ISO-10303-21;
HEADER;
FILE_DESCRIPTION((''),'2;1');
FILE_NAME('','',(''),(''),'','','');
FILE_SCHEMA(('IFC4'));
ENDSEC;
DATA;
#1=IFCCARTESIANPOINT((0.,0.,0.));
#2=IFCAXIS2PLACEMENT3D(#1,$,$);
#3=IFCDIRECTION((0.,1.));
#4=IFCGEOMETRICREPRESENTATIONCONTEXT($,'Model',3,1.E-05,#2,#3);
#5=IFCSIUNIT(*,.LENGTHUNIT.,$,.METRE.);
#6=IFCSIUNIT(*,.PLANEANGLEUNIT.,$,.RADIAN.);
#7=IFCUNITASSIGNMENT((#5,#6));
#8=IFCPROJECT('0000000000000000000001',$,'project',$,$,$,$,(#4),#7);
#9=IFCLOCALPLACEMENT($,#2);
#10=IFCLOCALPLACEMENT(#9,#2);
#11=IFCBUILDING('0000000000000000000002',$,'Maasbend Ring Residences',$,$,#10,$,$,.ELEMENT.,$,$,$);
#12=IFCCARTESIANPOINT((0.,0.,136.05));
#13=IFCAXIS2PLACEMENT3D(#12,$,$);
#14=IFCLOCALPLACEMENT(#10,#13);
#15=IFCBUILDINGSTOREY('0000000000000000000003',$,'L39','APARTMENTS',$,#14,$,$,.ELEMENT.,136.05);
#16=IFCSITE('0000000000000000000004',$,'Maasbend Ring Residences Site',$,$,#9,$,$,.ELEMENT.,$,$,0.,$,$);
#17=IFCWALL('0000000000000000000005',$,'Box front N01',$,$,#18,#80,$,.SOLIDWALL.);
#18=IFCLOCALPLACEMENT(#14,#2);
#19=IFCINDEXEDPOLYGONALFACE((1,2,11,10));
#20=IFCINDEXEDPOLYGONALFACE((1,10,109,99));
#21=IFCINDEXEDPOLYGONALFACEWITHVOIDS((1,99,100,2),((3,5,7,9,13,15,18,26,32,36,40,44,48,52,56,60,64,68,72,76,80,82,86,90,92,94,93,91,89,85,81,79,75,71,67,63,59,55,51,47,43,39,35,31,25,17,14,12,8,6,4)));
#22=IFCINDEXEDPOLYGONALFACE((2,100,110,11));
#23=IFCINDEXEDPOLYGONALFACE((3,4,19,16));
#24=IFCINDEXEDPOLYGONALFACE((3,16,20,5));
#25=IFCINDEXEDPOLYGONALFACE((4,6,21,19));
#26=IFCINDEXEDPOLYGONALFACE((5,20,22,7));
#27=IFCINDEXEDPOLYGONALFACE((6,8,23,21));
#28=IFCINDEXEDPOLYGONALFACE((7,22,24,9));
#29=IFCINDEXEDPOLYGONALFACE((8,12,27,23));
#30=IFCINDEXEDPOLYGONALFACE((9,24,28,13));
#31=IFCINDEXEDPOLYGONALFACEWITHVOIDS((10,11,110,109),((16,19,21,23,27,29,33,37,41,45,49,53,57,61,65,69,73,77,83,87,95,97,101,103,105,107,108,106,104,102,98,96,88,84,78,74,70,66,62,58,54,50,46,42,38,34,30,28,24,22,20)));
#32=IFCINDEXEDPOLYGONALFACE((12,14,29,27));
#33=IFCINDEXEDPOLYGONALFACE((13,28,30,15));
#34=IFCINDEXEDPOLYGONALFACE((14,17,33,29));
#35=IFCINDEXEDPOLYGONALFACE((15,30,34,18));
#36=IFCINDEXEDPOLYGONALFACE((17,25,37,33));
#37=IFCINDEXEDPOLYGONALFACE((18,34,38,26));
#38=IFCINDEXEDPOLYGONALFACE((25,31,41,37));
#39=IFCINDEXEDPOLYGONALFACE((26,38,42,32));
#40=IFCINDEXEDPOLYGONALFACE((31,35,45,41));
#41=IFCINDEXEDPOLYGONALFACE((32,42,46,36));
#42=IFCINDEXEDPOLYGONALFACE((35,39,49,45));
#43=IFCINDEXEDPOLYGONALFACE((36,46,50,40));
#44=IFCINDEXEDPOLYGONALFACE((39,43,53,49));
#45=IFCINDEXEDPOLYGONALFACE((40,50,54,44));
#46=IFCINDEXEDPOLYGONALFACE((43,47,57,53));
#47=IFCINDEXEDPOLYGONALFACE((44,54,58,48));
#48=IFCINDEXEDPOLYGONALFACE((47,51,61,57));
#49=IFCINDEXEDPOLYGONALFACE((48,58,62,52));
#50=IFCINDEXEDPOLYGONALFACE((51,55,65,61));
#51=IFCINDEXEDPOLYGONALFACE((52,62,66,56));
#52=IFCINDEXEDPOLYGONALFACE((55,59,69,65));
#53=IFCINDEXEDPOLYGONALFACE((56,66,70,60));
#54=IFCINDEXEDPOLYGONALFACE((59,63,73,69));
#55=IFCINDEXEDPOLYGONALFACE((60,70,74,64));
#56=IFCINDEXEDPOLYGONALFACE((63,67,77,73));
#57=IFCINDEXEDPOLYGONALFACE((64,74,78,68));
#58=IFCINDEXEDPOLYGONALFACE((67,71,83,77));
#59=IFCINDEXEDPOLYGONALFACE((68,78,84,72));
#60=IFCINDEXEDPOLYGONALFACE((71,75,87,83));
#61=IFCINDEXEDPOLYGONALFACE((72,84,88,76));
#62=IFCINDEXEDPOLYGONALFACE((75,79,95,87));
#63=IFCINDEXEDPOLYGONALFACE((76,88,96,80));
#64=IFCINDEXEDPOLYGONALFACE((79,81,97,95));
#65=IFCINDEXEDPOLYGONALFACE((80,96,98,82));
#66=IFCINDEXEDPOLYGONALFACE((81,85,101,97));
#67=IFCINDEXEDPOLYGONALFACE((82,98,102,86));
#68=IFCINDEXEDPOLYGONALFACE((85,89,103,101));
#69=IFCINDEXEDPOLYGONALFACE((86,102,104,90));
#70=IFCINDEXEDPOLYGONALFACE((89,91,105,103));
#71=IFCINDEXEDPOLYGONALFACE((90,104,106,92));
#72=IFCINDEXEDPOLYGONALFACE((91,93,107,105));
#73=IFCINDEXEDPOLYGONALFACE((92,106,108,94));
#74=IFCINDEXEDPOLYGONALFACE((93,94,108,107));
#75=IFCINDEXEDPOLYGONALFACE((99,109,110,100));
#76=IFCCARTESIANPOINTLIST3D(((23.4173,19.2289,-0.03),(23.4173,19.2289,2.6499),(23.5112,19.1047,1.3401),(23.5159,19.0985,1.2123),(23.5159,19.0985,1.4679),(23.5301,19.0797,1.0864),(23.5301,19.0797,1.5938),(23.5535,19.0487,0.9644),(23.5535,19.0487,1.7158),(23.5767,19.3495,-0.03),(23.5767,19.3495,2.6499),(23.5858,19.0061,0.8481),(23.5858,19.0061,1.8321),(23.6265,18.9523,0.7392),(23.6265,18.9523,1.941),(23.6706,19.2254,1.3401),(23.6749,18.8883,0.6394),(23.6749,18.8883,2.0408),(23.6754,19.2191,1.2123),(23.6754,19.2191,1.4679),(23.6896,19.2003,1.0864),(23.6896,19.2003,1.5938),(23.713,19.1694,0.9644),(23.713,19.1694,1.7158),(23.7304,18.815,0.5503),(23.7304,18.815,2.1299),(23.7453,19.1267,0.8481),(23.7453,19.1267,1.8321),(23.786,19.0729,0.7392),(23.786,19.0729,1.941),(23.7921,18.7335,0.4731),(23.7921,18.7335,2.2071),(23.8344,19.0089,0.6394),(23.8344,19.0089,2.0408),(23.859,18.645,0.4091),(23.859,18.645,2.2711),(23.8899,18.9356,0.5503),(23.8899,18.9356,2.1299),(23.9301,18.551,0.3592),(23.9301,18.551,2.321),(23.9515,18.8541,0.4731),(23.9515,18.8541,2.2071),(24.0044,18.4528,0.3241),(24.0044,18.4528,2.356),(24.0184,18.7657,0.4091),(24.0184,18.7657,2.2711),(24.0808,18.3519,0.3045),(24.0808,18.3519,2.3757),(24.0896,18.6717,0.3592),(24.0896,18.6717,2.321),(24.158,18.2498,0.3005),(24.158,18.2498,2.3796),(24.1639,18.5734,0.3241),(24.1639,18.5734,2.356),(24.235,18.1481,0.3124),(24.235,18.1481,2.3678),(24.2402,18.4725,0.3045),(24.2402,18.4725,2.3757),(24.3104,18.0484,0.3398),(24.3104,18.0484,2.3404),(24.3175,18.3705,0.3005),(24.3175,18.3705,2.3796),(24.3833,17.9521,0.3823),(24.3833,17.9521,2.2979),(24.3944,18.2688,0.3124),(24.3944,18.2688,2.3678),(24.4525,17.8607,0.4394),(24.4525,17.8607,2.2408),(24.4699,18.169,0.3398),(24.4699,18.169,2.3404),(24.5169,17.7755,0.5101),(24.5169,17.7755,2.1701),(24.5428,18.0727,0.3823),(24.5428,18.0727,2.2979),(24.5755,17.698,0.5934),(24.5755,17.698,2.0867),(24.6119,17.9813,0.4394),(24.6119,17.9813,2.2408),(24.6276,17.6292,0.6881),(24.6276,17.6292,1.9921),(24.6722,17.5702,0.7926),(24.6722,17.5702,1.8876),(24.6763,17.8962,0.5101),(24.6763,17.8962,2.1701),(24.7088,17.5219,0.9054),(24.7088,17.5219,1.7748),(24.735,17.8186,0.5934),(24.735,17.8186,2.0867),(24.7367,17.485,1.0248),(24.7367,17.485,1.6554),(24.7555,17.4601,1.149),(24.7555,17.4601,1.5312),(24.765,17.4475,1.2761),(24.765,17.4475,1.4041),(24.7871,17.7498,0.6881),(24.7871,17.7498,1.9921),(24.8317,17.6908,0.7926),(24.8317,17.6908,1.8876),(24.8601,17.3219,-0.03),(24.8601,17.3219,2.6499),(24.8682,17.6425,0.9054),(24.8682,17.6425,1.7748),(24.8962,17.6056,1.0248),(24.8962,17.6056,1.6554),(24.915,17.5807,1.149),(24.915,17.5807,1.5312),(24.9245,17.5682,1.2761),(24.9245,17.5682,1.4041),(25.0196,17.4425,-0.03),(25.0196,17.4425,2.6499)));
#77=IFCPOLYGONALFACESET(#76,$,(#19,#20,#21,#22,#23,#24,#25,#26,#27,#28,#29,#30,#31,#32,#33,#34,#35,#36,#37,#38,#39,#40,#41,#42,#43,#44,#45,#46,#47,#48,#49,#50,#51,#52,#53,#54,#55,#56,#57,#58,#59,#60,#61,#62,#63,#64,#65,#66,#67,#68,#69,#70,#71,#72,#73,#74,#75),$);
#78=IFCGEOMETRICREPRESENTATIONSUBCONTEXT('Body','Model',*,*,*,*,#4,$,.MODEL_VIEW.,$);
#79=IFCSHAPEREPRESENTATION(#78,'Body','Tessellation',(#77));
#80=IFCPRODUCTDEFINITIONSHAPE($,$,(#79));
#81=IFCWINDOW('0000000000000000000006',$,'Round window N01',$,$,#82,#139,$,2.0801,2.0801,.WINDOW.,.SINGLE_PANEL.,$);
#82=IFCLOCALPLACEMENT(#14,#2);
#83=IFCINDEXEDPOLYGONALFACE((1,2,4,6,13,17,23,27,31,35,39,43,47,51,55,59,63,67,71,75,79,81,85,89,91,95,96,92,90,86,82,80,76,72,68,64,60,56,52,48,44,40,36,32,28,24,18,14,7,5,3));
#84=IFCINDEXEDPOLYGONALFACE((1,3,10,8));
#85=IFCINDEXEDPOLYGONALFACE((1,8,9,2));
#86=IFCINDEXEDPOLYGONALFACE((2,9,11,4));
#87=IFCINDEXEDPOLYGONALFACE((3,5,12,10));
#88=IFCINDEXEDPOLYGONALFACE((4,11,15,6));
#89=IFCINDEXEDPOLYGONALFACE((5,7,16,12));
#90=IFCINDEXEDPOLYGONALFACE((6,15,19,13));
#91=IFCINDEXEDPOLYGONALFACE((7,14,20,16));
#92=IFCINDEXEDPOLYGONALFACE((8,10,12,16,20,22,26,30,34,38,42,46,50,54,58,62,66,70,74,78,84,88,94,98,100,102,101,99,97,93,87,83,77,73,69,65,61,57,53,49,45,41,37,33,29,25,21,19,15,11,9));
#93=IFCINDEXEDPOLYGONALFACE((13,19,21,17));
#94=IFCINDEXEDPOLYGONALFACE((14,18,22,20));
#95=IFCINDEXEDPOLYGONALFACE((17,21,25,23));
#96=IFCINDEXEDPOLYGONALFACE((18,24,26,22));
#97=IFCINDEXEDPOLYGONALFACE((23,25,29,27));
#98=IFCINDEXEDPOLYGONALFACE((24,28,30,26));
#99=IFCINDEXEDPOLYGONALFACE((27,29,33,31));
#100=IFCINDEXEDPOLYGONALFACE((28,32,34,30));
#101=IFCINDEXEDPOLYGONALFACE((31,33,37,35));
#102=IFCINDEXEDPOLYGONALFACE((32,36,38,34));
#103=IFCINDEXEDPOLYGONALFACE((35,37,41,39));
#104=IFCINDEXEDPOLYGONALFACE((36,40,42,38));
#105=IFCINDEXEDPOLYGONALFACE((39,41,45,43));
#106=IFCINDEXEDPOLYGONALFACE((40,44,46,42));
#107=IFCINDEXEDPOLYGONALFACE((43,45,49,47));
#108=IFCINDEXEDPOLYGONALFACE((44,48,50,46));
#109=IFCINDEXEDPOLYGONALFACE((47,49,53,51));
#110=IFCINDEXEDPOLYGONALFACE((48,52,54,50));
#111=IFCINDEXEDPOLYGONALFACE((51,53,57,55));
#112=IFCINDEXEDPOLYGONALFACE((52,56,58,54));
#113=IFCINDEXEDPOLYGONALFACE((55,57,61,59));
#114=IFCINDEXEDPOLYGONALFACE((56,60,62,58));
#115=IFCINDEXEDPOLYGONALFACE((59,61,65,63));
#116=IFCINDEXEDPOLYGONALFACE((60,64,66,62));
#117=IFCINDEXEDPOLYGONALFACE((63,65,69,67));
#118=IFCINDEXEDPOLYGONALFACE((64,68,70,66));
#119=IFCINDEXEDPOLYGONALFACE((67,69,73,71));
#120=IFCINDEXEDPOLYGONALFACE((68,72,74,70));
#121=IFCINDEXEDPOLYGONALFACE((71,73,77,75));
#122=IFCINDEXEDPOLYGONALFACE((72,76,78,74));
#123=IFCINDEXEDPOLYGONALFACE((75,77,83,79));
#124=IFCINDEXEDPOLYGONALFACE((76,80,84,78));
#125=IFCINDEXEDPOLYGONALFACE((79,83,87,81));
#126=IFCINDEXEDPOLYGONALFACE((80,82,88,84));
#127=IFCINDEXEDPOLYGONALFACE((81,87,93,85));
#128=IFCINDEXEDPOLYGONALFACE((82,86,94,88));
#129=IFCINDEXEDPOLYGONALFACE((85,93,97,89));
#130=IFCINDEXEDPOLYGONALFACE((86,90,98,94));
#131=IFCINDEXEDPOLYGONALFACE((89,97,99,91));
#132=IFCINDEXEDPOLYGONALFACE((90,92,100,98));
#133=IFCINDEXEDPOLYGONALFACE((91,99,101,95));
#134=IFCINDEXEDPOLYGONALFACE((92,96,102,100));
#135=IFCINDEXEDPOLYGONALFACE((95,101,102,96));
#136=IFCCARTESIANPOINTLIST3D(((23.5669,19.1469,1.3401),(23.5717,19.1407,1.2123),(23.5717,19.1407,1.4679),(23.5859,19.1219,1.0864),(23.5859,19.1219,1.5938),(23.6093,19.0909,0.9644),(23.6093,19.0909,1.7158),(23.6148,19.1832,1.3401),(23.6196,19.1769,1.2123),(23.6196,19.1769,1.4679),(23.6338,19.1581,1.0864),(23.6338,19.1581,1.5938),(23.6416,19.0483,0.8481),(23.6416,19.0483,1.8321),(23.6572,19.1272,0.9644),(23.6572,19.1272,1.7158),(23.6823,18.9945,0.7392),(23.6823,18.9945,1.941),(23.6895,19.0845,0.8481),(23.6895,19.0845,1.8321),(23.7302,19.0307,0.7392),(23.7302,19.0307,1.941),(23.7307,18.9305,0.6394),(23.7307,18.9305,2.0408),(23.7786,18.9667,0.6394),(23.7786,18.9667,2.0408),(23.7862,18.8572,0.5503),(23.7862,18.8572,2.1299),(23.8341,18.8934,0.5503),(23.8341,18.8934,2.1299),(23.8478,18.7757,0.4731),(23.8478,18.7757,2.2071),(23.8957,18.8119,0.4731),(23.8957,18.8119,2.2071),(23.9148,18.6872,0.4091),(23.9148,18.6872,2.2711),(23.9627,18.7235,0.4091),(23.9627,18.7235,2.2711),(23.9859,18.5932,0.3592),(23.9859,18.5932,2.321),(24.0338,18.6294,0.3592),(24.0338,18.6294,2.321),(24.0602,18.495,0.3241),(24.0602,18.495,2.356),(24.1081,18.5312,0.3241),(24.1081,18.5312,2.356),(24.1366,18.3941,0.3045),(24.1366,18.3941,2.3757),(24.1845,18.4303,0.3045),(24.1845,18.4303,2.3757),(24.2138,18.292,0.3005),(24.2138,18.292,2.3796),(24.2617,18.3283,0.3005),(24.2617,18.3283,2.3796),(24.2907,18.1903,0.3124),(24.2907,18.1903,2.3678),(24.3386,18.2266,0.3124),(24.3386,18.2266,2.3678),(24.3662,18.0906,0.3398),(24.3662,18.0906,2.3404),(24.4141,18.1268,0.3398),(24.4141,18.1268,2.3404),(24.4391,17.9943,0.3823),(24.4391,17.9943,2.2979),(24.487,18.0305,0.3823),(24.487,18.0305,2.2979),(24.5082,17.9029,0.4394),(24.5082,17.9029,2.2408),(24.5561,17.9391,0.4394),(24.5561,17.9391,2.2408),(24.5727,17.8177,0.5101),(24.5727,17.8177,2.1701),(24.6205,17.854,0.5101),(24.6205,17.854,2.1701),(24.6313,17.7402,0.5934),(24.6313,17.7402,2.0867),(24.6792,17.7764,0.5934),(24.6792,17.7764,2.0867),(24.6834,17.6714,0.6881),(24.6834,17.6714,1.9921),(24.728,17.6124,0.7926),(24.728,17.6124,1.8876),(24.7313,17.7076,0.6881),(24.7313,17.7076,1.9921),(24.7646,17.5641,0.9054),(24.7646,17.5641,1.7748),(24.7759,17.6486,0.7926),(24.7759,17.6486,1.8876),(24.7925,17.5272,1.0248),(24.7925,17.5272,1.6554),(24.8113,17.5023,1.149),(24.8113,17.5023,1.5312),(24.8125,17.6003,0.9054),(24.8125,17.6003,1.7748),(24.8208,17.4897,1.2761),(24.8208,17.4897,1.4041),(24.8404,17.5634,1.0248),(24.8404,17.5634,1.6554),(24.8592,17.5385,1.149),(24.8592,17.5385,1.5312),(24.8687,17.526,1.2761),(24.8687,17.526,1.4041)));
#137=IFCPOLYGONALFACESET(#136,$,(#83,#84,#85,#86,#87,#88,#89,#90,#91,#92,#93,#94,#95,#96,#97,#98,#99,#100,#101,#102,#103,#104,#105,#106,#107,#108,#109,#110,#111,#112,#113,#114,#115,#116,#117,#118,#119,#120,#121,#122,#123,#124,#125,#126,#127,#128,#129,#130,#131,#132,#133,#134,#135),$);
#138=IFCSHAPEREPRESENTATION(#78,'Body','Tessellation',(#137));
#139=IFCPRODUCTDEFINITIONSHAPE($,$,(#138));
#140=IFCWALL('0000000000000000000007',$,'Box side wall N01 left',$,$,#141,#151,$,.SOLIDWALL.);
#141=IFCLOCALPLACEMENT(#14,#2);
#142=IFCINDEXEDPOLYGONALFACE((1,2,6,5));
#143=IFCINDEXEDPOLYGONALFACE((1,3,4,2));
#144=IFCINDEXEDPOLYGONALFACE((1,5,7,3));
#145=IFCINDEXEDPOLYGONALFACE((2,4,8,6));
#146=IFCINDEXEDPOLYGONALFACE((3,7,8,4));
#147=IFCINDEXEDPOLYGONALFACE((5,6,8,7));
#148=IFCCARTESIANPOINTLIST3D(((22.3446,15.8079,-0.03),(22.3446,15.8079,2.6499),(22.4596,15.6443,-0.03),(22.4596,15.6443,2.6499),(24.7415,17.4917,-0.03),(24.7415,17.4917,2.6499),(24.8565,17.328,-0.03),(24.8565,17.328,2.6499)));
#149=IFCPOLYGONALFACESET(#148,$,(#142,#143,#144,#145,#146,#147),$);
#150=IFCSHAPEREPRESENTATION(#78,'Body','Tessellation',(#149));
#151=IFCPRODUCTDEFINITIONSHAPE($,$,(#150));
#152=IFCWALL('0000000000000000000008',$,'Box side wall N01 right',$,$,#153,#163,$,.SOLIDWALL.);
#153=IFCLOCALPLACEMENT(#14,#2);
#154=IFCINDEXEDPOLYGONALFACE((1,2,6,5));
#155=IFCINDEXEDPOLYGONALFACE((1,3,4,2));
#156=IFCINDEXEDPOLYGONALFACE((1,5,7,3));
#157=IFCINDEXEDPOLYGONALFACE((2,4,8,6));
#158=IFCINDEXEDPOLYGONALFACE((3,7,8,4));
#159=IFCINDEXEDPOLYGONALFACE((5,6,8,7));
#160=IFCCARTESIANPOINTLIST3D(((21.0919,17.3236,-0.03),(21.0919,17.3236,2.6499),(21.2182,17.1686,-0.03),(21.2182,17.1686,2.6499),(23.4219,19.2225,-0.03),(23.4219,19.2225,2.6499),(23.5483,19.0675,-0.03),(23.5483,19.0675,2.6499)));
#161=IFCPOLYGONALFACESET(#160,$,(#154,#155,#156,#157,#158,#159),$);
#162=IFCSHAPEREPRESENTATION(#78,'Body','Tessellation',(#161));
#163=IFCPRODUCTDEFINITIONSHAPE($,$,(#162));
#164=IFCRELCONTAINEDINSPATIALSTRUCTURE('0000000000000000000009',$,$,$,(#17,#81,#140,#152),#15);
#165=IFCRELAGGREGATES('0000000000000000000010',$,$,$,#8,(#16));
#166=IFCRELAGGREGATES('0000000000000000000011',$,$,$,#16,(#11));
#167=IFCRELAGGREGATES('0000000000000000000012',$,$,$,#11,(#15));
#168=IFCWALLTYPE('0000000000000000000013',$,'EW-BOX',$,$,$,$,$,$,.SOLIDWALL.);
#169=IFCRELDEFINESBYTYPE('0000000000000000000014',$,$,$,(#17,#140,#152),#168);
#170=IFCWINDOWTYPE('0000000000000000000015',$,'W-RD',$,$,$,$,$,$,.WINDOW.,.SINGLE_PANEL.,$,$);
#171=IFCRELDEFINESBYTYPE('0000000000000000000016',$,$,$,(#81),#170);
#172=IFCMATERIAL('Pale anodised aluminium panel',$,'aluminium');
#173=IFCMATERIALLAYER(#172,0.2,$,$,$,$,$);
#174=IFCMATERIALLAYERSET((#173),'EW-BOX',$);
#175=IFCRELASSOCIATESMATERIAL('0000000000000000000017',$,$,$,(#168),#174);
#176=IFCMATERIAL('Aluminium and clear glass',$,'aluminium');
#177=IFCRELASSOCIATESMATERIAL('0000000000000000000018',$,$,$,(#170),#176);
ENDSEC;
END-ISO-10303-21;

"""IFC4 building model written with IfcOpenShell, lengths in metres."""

from ifc_helpers import new_model, si_unit, direction, frame, frame_2d, origin, place, context, subcontext, project, spatial, rectangle, circle, extrude, material, layer, layer_set, type_object, element, fill, save


model = new_model("IFC4")

# Units and contexts
model_context = context("Model", 3, precision=1e-05, world=origin(), true_north=direction((0.0, 1.0)))
body_context = subcontext(model_context, "Body", "Model", "MODEL_VIEW")
ifc_project = project(units=[si_unit("LENGTHUNIT", "METRE"), si_unit("PLANEANGLEUNIT", "RADIAN")], contexts=[model_context])

# Site, building, storey
site_placement = place(None, origin())
site = spatial("IfcSite", under=ifc_project, at=site_placement, Name="Maasbend Ring Residences Site", CompositionType="ELEMENT", RefElevation=0.0)
building_placement = place(site_placement, origin())
building = spatial("IfcBuilding", under=site, at=building_placement, Name="Maasbend Ring Residences", CompositionType="ELEMENT")
storey_placement = place(building_placement, frame((0.0, 0.0, 136.05)))
storey = spatial("IfcBuildingStorey", under=building, at=storey_placement, Name="L39", Description="APARTMENTS", CompositionType="ELEMENT", Elevation=136.05)

# Wall, opening, window
ifc_material_1 = material(Name="Pale anodised aluminium panel", Category="aluminium")
ifc_layer_1 = layer(ifc_material_1, 0.2)
ifc_layer_set_1 = layer_set([ifc_layer_1], Name="EW-BOX")
wall_type_1 = type_object("IfcWallType", Name="EW-BOX", PredefinedType="SOLIDWALL", material=ifc_layer_set_1)
wall_1_placement = place(storey_placement, frame((24.9399, 17.3821, -0.03), z_axis=(0.0, 0.0, 1.0), x_axis=(-0.603376, 0.797457, 0.0)))
wall_1 = element("IfcWall", 1, at=wall_1_placement, inside=storey, type_object=wall_type_1, Name="Box front N01", PredefinedType="SOLIDWALL", context=body_context, shape_type="SweptSolid", body=[
    extrude(rectangle(XDim=2.3914, YDim=0.2, at=frame_2d((1.1958, 0.0))), origin(), (0.0, 0.0, 1.0), 2.6799),
])
opening_1_placement = place(wall_1_placement, frame((0.1558, 0.0, 0.3301)))
opening_1 = element("IfcOpeningElement", 2, at=opening_1_placement, cuts=wall_1, PredefinedType="OPENING", context=body_context, shape_type="SweptSolid", body=[
    extrude(circle(Radius=1.04, at=frame_2d((1.04, 1.04))), frame((0.0, 0.1099, 0.0), z_axis=(0.0, -1.0, 0.0), x_axis=(1.0, 0.0, 0.0)), (0.0, 0.0, 1.0), 0.22),
])
ifc_material_2 = material(Name="Aluminium and clear glass", Category="aluminium")
window_type_1 = type_object("IfcWindowType", Name="W-RD", PartitioningType="SINGLE_PANEL", PredefinedType="WINDOW", material=ifc_material_2)
window_1_placement = place(opening_1_placement, origin())
window_1 = element("IfcWindow", 3, at=window_1_placement, inside=storey, type_object=window_type_1, Name="Round window N01", OverallHeight=2.0801, OverallWidth=2.0801, PartitioningType="SINGLE_PANEL", PredefinedType="WINDOW", context=body_context, shape_type="SweptSolid", body=[
    extrude(circle(Radius=1.04, at=frame_2d((1.04, 1.04))), frame((0.0, 0.03, 0.0), z_axis=(0.0, -1.0, 0.0), x_axis=(1.0, 0.0, 0.0)), (0.0, 0.0, 1.0), 0.0601),
])
fill(opening_1, window_1)

# Walls
wall_2_placement = place(storey_placement, frame((22.4021, 15.7261, -0.03), z_axis=(0.0, 0.0, 1.0), x_axis=(0.818275, 0.574826, 0.0)))
element("IfcWall", 4, at=wall_2_placement, inside=storey, type_object=wall_type_1, Name="Box side wall N01 left", PredefinedType="SOLIDWALL", context=body_context, shape_type="SweptSolid", body=[
    extrude(rectangle(XDim=2.9292, YDim=0.2, at=frame_2d((1.4646, 0.0))), origin(), (0.0, 0.0, 1.0), 2.6799),
])
wall_3_placement = place(storey_placement, frame((21.155, 17.2461, -0.03), z_axis=(0.0, 0.0, 1.0), x_axis=(0.775179, 0.631742, 0.0)))
element("IfcWall", 5, at=wall_3_placement, inside=storey, type_object=wall_type_1, Name="Box side wall N01 right", PredefinedType="SOLIDWALL", context=body_context, shape_type="SweptSolid", body=[
    extrude(rectangle(XDim=3.0059, YDim=0.2, at=frame_2d((1.5029, 0.0))), origin(), (0.0, 0.0, 1.0), 2.6799),
])

save(model, "model.ifc")
